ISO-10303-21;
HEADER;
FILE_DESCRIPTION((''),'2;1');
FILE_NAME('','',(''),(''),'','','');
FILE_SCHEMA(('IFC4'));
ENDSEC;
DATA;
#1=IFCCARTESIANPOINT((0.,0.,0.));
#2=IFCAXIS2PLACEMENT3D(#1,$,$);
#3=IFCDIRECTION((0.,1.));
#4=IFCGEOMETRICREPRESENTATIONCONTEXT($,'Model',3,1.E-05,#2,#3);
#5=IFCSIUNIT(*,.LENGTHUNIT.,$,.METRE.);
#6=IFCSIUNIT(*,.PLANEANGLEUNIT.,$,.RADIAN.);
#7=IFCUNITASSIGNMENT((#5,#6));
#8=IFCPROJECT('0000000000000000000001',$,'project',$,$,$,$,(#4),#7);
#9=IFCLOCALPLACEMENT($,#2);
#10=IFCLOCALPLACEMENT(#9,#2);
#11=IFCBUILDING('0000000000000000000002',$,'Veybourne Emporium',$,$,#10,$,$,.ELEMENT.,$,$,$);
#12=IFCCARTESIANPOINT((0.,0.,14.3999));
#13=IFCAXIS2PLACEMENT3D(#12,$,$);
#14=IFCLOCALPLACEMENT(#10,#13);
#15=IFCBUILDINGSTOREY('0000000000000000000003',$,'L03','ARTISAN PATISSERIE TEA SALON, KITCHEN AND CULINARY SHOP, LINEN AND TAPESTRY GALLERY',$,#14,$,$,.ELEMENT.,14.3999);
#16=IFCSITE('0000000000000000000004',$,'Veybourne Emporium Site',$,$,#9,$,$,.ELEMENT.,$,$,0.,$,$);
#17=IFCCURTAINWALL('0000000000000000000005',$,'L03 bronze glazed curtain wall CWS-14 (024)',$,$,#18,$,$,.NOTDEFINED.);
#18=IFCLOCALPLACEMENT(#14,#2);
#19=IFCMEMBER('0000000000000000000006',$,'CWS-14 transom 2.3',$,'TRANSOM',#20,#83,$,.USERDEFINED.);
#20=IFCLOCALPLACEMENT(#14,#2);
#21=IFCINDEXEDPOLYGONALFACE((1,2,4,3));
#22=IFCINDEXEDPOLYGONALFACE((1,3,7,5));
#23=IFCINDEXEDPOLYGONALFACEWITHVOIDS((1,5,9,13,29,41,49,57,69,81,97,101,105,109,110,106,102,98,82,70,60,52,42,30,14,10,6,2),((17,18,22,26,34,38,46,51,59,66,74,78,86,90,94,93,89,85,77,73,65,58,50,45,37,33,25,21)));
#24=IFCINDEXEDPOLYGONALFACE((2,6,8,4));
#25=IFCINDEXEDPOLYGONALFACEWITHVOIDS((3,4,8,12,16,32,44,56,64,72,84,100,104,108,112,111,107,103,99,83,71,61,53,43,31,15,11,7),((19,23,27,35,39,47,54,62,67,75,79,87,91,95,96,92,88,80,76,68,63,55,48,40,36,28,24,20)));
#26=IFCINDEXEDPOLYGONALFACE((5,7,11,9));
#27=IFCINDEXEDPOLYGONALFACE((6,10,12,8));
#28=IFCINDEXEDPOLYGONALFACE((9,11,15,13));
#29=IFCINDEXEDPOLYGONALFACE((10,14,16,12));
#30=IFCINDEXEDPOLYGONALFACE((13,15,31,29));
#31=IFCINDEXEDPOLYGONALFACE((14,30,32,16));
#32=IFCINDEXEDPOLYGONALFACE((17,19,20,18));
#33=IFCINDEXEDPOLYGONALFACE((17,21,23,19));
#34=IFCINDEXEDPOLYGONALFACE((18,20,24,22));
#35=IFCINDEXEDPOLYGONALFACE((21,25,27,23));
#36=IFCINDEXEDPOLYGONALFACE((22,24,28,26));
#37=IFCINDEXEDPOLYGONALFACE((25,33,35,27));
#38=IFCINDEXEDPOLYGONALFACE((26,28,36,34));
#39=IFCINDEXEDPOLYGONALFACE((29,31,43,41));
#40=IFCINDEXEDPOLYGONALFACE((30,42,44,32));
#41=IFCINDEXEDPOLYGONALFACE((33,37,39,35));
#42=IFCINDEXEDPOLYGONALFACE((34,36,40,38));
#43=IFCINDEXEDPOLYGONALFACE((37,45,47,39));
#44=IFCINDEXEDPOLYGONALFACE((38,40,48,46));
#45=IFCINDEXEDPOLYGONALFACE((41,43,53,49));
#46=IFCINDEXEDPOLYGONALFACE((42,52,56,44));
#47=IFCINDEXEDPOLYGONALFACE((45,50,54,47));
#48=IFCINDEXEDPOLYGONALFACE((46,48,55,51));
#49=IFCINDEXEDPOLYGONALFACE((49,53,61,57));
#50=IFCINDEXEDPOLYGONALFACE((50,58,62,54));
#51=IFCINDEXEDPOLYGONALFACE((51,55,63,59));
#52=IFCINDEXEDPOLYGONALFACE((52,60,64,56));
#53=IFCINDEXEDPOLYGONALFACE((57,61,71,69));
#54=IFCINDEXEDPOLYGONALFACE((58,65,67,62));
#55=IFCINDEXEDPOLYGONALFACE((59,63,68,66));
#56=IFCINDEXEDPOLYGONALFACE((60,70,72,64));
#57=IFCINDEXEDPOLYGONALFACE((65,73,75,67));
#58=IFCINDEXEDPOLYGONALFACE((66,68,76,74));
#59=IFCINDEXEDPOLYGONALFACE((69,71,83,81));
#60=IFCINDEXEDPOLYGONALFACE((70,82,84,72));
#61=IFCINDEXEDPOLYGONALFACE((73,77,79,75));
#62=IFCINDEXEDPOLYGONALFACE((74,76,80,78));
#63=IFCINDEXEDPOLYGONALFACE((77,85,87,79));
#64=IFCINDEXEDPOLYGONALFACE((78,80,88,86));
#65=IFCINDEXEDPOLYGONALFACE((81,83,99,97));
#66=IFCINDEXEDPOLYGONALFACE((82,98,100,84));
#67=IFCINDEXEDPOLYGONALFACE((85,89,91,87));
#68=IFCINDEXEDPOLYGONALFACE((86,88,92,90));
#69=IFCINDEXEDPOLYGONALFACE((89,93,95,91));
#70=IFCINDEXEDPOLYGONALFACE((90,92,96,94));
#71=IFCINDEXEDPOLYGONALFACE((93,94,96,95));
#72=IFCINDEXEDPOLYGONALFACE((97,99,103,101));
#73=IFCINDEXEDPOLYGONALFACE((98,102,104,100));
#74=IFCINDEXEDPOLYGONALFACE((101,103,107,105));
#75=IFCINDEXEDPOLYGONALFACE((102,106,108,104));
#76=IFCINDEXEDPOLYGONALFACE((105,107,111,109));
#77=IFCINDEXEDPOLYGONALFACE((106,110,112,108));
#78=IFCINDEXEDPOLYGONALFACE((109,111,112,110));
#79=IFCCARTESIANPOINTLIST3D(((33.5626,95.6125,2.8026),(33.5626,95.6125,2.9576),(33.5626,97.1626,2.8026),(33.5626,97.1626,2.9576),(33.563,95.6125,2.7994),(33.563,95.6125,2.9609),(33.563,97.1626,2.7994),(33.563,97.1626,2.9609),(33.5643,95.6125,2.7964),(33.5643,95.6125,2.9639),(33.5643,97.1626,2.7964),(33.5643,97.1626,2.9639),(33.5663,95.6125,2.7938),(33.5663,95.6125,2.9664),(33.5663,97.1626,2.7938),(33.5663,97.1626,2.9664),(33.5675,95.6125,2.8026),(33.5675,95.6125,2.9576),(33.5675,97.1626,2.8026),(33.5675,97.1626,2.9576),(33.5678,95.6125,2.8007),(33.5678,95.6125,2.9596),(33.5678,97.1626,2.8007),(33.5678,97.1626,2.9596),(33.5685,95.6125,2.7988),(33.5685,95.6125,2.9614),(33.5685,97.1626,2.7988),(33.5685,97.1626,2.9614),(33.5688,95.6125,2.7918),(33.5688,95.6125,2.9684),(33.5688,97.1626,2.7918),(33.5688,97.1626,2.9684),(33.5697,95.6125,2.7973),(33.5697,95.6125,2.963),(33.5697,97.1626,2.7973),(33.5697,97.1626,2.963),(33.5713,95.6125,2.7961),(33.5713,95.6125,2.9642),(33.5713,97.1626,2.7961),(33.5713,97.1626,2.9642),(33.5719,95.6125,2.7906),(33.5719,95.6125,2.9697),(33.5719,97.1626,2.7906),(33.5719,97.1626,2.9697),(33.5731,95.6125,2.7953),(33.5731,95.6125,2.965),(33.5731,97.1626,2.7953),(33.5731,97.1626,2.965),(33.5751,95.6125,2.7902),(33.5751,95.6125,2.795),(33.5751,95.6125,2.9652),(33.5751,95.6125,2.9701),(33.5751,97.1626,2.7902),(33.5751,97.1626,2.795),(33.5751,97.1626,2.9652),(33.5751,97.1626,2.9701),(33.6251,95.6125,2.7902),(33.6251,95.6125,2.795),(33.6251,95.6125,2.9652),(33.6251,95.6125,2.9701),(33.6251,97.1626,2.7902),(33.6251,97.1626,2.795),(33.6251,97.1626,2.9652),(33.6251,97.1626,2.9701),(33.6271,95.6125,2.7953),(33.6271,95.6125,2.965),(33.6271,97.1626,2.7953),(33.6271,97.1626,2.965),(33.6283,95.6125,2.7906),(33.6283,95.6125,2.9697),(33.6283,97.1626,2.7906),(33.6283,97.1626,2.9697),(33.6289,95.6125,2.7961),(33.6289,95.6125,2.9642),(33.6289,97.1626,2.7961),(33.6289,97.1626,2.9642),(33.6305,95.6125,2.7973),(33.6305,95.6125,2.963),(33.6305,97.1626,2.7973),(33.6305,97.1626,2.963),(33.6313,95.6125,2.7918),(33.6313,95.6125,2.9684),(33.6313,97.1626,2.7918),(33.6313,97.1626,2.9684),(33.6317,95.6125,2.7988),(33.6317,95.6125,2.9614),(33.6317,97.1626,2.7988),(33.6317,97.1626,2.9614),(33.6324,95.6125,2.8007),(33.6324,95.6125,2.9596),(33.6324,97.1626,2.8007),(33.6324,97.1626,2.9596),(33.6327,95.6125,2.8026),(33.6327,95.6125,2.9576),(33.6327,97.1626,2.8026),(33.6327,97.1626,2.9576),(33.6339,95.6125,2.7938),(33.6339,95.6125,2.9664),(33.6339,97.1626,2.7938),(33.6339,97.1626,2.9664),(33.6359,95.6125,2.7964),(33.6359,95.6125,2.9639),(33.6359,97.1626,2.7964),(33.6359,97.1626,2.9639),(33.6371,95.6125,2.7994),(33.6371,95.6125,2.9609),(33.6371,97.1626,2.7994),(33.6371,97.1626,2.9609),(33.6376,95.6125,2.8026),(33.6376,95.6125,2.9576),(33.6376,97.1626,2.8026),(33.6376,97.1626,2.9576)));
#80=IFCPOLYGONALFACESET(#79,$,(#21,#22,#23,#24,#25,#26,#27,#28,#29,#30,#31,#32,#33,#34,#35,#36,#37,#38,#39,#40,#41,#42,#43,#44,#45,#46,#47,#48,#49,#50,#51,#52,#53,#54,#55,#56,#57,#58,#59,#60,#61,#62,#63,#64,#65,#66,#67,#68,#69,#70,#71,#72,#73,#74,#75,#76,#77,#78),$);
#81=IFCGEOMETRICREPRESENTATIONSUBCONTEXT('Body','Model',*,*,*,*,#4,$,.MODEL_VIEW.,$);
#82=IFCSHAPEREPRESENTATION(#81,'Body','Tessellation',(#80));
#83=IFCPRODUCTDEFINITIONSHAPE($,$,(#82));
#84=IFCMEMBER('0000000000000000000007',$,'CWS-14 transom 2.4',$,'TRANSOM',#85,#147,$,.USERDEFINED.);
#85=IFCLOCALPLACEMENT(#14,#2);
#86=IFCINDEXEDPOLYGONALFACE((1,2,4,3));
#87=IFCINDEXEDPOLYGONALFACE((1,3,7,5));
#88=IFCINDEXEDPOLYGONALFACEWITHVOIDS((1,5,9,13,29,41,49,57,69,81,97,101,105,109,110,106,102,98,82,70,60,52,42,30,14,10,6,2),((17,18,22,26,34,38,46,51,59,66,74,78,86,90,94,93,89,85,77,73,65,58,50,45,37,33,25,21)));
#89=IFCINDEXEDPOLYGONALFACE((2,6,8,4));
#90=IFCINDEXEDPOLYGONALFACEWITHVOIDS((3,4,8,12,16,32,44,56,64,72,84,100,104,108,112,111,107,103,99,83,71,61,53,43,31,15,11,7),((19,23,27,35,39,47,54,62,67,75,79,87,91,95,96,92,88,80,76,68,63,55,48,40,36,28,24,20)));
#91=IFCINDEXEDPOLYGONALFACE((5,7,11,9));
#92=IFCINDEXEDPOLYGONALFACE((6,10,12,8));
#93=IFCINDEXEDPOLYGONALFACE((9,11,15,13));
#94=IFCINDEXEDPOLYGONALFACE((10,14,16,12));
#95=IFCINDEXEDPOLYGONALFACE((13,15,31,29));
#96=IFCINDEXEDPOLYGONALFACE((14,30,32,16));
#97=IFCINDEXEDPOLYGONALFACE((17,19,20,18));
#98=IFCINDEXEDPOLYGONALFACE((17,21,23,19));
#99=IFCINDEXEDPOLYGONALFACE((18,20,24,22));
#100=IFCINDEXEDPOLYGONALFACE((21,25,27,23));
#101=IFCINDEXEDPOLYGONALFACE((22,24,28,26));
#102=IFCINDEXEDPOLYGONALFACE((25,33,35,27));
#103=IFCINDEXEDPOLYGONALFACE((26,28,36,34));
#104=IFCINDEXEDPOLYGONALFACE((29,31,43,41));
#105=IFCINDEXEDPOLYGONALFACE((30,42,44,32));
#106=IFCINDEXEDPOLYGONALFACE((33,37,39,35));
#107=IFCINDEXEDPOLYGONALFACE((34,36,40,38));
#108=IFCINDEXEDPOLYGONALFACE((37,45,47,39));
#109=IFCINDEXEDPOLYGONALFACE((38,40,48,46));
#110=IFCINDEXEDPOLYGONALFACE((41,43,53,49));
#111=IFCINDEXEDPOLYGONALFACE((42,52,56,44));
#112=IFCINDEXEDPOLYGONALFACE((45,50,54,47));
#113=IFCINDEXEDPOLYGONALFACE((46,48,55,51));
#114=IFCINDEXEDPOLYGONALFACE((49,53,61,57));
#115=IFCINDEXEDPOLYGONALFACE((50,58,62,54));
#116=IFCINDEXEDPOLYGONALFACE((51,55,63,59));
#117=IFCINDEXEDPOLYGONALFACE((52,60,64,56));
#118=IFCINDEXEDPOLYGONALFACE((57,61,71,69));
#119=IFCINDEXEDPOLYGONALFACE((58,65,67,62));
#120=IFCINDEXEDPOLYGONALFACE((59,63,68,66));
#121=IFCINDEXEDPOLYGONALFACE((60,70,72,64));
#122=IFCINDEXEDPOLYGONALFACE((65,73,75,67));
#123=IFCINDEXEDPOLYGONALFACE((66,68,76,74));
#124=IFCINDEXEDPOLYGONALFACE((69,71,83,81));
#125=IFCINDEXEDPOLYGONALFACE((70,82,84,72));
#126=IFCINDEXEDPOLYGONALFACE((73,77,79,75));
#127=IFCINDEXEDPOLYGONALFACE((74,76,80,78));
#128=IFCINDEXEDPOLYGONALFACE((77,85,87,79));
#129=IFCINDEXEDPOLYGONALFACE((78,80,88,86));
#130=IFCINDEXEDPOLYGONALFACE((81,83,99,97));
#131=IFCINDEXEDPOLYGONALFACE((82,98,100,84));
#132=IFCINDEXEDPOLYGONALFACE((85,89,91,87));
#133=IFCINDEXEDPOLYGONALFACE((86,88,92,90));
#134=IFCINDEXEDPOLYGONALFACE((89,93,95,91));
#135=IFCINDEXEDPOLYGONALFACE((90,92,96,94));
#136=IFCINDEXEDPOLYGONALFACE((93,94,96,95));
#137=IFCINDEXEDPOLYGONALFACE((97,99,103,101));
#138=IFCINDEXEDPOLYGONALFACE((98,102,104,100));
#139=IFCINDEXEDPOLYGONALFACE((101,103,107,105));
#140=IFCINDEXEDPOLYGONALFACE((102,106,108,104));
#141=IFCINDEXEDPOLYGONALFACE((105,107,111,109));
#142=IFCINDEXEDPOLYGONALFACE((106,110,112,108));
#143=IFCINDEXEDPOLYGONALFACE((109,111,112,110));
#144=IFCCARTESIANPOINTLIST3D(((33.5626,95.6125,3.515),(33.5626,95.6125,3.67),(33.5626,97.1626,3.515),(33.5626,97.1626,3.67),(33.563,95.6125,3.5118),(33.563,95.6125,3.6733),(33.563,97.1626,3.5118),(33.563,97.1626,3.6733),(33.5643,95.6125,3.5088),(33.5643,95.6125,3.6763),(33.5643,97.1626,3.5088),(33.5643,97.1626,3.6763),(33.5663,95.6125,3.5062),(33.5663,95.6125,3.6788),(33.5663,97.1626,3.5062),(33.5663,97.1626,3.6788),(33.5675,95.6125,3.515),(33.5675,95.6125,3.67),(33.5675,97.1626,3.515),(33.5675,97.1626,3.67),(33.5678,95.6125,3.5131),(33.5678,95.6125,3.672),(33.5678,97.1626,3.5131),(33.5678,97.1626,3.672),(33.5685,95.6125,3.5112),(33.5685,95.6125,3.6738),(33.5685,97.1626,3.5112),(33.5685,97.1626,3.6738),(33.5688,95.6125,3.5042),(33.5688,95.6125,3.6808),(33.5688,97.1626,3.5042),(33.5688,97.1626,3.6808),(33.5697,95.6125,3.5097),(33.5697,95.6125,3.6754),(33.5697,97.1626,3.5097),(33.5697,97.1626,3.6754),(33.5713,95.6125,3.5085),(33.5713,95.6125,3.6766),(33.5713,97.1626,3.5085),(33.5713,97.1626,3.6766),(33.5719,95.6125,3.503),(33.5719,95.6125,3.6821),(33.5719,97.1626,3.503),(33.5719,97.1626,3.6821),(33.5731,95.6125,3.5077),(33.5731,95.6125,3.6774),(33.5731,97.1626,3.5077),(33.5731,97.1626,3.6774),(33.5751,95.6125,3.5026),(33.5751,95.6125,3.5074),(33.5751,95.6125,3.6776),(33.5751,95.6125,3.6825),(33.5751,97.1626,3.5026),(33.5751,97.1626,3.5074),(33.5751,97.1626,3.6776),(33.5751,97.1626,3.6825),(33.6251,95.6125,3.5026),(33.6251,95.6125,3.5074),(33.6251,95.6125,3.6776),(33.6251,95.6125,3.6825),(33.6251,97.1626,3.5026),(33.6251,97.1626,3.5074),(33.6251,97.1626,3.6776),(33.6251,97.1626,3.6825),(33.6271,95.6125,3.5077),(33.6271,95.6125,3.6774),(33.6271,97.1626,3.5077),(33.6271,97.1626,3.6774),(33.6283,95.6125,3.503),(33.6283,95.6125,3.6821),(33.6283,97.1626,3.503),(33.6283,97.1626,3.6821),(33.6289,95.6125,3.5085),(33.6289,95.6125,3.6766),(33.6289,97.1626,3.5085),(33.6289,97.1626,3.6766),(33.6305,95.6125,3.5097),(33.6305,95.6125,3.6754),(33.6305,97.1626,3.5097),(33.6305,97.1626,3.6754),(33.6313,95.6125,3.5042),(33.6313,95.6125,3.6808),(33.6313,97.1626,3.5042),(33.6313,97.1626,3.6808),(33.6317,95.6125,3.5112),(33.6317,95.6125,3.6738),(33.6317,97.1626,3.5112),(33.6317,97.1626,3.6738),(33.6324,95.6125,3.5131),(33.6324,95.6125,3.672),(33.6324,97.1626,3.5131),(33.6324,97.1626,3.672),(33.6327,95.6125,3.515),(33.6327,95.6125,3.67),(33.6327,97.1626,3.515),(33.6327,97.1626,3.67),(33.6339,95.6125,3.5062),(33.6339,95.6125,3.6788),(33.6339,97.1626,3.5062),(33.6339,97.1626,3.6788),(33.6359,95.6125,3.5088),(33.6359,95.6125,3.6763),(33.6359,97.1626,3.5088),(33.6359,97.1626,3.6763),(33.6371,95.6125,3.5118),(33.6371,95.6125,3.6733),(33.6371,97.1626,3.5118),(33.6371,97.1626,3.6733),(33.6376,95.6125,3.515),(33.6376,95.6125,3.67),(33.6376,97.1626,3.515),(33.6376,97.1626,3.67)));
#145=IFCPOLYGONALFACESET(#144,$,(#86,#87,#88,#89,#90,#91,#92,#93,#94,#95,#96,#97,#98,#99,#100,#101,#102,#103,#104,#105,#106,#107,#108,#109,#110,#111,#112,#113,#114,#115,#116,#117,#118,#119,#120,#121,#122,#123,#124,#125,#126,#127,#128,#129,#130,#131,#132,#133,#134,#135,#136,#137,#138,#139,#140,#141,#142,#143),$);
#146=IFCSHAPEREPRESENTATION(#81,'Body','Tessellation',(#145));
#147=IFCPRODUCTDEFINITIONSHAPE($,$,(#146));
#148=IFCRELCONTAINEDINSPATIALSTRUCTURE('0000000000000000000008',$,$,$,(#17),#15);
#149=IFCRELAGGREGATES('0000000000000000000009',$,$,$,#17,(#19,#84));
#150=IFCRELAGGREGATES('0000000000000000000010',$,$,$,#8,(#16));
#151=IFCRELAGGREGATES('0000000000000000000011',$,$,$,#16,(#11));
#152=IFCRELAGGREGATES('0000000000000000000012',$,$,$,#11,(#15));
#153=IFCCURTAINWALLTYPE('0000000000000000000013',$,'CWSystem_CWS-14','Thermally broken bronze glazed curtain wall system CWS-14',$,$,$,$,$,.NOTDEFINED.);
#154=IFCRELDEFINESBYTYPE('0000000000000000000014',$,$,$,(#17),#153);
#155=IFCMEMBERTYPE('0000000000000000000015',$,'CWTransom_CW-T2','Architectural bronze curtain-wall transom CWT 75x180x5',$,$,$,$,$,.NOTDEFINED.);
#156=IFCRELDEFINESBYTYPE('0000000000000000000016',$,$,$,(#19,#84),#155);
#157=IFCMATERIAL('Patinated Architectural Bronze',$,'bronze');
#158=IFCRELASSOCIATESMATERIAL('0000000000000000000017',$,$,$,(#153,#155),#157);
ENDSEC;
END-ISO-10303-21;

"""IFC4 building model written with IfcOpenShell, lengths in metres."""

from ifc_helpers import new_model, si_unit, direction, frame, origin, origin_2d, place, context, subcontext, project, spatial, hollow_rectangle, extrude, material, material_profile, profile_set, type_object, element, aggregate, save


model = new_model("IFC4")

# Units and contexts
model_context = context("Model", 3, precision=1e-05, world=origin(), true_north=direction((0.0, 1.0)))
body_context = subcontext(model_context, "Body", "Model", "MODEL_VIEW")
ifc_project = project(units=[si_unit("LENGTHUNIT", "METRE"), si_unit("PLANEANGLEUNIT", "RADIAN")], contexts=[model_context])

# Site, building, storey
site_placement = place(None, origin())
site = spatial("IfcSite", under=ifc_project, at=site_placement, Name="Veybourne Emporium Site", CompositionType="ELEMENT", RefElevation=0.0)
building_placement = place(site_placement, origin())
building = spatial("IfcBuilding", under=site, at=building_placement, Name="Veybourne Emporium", CompositionType="ELEMENT")
storey_placement = place(building_placement, frame((0.0, 0.0, 14.3999)))
storey = spatial("IfcBuildingStorey", under=building, at=storey_placement, Name="L03", Description="ARTISAN PATISSERIE TEA SALON, KITCHEN AND CULINARY SHOP, LINEN AND TAPESTRY GALLERY", CompositionType="ELEMENT", Elevation=14.3999)

# Curtain wall, members
ifc_material_1 = material(Name="Patinated Architectural Bronze", Category="bronze")
curtain_wall_type = type_object("IfcCurtainWallType", Name="CWSystem_CWS-14", Description="Thermally broken bronze glazed curtain wall system CWS-14", PredefinedType="NOTDEFINED", material=ifc_material_1)
curtain_wall_placement = place(storey_placement, origin())
curtain_wall = element("IfcCurtainWall", 1, at=curtain_wall_placement, inside=storey, type_object=curtain_wall_type, Name="L03 bronze glazed curtain wall CWS-14 (024)", PredefinedType="NOTDEFINED")
ifc_material_profile_1 = material_profile(ifc_material_1, hollow_rectangle(XDim=0.075, YDim=0.1799, WallThickness=0.0049, InnerFilletRadius=0.0076, OuterFilletRadius=0.0125, at=origin_2d()), Name="CWT 75x180x5")
ifc_profile_set_1 = profile_set([ifc_material_profile_1], Name="Patinated Architectural Bronze")
member_type_1 = type_object("IfcMemberType", Name="CWTransom_CW-T2", Description="Architectural bronze curtain-wall transom CWT 75x180x5", PredefinedType="NOTDEFINED", material=ifc_profile_set_1)
member_1_placement = place(storey_placement, frame((33.6001, 95.6125, 2.8801), z_axis=(0.0, 1.0, 0.0), x_axis=(-1.0, 0.0, 0.0)))
member_1 = element("IfcMember", 2, at=member_1_placement, type_object=member_type_1, Name="CWS-14 transom 2.3", ObjectType="TRANSOM", PredefinedType="USERDEFINED", context=body_context, shape_type="SweptSolid", body=[
    extrude(hollow_rectangle(XDim=0.075, YDim=0.1799, WallThickness=0.0049, InnerFilletRadius=0.0076, OuterFilletRadius=0.0125, at=origin_2d()), origin(), (0.0, 0.0, 1.0), 1.55),
])
member_2_placement = place(storey_placement, frame((33.6001, 95.6125, 3.5925), z_axis=(0.0, 1.0, 0.0), x_axis=(-1.0, 0.0, 0.0)))
member_2 = element("IfcMember", 3, at=member_2_placement, type_object=member_type_1, Name="CWS-14 transom 2.4", ObjectType="TRANSOM", PredefinedType="USERDEFINED", context=body_context, shape_type="SweptSolid", body=[
    extrude(hollow_rectangle(XDim=0.075, YDim=0.1799, WallThickness=0.0049, InnerFilletRadius=0.0076, OuterFilletRadius=0.0125, at=origin_2d()), origin(), (0.0, 0.0, 1.0), 1.55),
])
aggregate(curtain_wall, [member_1, member_2])

save(model, "model.ifc")
